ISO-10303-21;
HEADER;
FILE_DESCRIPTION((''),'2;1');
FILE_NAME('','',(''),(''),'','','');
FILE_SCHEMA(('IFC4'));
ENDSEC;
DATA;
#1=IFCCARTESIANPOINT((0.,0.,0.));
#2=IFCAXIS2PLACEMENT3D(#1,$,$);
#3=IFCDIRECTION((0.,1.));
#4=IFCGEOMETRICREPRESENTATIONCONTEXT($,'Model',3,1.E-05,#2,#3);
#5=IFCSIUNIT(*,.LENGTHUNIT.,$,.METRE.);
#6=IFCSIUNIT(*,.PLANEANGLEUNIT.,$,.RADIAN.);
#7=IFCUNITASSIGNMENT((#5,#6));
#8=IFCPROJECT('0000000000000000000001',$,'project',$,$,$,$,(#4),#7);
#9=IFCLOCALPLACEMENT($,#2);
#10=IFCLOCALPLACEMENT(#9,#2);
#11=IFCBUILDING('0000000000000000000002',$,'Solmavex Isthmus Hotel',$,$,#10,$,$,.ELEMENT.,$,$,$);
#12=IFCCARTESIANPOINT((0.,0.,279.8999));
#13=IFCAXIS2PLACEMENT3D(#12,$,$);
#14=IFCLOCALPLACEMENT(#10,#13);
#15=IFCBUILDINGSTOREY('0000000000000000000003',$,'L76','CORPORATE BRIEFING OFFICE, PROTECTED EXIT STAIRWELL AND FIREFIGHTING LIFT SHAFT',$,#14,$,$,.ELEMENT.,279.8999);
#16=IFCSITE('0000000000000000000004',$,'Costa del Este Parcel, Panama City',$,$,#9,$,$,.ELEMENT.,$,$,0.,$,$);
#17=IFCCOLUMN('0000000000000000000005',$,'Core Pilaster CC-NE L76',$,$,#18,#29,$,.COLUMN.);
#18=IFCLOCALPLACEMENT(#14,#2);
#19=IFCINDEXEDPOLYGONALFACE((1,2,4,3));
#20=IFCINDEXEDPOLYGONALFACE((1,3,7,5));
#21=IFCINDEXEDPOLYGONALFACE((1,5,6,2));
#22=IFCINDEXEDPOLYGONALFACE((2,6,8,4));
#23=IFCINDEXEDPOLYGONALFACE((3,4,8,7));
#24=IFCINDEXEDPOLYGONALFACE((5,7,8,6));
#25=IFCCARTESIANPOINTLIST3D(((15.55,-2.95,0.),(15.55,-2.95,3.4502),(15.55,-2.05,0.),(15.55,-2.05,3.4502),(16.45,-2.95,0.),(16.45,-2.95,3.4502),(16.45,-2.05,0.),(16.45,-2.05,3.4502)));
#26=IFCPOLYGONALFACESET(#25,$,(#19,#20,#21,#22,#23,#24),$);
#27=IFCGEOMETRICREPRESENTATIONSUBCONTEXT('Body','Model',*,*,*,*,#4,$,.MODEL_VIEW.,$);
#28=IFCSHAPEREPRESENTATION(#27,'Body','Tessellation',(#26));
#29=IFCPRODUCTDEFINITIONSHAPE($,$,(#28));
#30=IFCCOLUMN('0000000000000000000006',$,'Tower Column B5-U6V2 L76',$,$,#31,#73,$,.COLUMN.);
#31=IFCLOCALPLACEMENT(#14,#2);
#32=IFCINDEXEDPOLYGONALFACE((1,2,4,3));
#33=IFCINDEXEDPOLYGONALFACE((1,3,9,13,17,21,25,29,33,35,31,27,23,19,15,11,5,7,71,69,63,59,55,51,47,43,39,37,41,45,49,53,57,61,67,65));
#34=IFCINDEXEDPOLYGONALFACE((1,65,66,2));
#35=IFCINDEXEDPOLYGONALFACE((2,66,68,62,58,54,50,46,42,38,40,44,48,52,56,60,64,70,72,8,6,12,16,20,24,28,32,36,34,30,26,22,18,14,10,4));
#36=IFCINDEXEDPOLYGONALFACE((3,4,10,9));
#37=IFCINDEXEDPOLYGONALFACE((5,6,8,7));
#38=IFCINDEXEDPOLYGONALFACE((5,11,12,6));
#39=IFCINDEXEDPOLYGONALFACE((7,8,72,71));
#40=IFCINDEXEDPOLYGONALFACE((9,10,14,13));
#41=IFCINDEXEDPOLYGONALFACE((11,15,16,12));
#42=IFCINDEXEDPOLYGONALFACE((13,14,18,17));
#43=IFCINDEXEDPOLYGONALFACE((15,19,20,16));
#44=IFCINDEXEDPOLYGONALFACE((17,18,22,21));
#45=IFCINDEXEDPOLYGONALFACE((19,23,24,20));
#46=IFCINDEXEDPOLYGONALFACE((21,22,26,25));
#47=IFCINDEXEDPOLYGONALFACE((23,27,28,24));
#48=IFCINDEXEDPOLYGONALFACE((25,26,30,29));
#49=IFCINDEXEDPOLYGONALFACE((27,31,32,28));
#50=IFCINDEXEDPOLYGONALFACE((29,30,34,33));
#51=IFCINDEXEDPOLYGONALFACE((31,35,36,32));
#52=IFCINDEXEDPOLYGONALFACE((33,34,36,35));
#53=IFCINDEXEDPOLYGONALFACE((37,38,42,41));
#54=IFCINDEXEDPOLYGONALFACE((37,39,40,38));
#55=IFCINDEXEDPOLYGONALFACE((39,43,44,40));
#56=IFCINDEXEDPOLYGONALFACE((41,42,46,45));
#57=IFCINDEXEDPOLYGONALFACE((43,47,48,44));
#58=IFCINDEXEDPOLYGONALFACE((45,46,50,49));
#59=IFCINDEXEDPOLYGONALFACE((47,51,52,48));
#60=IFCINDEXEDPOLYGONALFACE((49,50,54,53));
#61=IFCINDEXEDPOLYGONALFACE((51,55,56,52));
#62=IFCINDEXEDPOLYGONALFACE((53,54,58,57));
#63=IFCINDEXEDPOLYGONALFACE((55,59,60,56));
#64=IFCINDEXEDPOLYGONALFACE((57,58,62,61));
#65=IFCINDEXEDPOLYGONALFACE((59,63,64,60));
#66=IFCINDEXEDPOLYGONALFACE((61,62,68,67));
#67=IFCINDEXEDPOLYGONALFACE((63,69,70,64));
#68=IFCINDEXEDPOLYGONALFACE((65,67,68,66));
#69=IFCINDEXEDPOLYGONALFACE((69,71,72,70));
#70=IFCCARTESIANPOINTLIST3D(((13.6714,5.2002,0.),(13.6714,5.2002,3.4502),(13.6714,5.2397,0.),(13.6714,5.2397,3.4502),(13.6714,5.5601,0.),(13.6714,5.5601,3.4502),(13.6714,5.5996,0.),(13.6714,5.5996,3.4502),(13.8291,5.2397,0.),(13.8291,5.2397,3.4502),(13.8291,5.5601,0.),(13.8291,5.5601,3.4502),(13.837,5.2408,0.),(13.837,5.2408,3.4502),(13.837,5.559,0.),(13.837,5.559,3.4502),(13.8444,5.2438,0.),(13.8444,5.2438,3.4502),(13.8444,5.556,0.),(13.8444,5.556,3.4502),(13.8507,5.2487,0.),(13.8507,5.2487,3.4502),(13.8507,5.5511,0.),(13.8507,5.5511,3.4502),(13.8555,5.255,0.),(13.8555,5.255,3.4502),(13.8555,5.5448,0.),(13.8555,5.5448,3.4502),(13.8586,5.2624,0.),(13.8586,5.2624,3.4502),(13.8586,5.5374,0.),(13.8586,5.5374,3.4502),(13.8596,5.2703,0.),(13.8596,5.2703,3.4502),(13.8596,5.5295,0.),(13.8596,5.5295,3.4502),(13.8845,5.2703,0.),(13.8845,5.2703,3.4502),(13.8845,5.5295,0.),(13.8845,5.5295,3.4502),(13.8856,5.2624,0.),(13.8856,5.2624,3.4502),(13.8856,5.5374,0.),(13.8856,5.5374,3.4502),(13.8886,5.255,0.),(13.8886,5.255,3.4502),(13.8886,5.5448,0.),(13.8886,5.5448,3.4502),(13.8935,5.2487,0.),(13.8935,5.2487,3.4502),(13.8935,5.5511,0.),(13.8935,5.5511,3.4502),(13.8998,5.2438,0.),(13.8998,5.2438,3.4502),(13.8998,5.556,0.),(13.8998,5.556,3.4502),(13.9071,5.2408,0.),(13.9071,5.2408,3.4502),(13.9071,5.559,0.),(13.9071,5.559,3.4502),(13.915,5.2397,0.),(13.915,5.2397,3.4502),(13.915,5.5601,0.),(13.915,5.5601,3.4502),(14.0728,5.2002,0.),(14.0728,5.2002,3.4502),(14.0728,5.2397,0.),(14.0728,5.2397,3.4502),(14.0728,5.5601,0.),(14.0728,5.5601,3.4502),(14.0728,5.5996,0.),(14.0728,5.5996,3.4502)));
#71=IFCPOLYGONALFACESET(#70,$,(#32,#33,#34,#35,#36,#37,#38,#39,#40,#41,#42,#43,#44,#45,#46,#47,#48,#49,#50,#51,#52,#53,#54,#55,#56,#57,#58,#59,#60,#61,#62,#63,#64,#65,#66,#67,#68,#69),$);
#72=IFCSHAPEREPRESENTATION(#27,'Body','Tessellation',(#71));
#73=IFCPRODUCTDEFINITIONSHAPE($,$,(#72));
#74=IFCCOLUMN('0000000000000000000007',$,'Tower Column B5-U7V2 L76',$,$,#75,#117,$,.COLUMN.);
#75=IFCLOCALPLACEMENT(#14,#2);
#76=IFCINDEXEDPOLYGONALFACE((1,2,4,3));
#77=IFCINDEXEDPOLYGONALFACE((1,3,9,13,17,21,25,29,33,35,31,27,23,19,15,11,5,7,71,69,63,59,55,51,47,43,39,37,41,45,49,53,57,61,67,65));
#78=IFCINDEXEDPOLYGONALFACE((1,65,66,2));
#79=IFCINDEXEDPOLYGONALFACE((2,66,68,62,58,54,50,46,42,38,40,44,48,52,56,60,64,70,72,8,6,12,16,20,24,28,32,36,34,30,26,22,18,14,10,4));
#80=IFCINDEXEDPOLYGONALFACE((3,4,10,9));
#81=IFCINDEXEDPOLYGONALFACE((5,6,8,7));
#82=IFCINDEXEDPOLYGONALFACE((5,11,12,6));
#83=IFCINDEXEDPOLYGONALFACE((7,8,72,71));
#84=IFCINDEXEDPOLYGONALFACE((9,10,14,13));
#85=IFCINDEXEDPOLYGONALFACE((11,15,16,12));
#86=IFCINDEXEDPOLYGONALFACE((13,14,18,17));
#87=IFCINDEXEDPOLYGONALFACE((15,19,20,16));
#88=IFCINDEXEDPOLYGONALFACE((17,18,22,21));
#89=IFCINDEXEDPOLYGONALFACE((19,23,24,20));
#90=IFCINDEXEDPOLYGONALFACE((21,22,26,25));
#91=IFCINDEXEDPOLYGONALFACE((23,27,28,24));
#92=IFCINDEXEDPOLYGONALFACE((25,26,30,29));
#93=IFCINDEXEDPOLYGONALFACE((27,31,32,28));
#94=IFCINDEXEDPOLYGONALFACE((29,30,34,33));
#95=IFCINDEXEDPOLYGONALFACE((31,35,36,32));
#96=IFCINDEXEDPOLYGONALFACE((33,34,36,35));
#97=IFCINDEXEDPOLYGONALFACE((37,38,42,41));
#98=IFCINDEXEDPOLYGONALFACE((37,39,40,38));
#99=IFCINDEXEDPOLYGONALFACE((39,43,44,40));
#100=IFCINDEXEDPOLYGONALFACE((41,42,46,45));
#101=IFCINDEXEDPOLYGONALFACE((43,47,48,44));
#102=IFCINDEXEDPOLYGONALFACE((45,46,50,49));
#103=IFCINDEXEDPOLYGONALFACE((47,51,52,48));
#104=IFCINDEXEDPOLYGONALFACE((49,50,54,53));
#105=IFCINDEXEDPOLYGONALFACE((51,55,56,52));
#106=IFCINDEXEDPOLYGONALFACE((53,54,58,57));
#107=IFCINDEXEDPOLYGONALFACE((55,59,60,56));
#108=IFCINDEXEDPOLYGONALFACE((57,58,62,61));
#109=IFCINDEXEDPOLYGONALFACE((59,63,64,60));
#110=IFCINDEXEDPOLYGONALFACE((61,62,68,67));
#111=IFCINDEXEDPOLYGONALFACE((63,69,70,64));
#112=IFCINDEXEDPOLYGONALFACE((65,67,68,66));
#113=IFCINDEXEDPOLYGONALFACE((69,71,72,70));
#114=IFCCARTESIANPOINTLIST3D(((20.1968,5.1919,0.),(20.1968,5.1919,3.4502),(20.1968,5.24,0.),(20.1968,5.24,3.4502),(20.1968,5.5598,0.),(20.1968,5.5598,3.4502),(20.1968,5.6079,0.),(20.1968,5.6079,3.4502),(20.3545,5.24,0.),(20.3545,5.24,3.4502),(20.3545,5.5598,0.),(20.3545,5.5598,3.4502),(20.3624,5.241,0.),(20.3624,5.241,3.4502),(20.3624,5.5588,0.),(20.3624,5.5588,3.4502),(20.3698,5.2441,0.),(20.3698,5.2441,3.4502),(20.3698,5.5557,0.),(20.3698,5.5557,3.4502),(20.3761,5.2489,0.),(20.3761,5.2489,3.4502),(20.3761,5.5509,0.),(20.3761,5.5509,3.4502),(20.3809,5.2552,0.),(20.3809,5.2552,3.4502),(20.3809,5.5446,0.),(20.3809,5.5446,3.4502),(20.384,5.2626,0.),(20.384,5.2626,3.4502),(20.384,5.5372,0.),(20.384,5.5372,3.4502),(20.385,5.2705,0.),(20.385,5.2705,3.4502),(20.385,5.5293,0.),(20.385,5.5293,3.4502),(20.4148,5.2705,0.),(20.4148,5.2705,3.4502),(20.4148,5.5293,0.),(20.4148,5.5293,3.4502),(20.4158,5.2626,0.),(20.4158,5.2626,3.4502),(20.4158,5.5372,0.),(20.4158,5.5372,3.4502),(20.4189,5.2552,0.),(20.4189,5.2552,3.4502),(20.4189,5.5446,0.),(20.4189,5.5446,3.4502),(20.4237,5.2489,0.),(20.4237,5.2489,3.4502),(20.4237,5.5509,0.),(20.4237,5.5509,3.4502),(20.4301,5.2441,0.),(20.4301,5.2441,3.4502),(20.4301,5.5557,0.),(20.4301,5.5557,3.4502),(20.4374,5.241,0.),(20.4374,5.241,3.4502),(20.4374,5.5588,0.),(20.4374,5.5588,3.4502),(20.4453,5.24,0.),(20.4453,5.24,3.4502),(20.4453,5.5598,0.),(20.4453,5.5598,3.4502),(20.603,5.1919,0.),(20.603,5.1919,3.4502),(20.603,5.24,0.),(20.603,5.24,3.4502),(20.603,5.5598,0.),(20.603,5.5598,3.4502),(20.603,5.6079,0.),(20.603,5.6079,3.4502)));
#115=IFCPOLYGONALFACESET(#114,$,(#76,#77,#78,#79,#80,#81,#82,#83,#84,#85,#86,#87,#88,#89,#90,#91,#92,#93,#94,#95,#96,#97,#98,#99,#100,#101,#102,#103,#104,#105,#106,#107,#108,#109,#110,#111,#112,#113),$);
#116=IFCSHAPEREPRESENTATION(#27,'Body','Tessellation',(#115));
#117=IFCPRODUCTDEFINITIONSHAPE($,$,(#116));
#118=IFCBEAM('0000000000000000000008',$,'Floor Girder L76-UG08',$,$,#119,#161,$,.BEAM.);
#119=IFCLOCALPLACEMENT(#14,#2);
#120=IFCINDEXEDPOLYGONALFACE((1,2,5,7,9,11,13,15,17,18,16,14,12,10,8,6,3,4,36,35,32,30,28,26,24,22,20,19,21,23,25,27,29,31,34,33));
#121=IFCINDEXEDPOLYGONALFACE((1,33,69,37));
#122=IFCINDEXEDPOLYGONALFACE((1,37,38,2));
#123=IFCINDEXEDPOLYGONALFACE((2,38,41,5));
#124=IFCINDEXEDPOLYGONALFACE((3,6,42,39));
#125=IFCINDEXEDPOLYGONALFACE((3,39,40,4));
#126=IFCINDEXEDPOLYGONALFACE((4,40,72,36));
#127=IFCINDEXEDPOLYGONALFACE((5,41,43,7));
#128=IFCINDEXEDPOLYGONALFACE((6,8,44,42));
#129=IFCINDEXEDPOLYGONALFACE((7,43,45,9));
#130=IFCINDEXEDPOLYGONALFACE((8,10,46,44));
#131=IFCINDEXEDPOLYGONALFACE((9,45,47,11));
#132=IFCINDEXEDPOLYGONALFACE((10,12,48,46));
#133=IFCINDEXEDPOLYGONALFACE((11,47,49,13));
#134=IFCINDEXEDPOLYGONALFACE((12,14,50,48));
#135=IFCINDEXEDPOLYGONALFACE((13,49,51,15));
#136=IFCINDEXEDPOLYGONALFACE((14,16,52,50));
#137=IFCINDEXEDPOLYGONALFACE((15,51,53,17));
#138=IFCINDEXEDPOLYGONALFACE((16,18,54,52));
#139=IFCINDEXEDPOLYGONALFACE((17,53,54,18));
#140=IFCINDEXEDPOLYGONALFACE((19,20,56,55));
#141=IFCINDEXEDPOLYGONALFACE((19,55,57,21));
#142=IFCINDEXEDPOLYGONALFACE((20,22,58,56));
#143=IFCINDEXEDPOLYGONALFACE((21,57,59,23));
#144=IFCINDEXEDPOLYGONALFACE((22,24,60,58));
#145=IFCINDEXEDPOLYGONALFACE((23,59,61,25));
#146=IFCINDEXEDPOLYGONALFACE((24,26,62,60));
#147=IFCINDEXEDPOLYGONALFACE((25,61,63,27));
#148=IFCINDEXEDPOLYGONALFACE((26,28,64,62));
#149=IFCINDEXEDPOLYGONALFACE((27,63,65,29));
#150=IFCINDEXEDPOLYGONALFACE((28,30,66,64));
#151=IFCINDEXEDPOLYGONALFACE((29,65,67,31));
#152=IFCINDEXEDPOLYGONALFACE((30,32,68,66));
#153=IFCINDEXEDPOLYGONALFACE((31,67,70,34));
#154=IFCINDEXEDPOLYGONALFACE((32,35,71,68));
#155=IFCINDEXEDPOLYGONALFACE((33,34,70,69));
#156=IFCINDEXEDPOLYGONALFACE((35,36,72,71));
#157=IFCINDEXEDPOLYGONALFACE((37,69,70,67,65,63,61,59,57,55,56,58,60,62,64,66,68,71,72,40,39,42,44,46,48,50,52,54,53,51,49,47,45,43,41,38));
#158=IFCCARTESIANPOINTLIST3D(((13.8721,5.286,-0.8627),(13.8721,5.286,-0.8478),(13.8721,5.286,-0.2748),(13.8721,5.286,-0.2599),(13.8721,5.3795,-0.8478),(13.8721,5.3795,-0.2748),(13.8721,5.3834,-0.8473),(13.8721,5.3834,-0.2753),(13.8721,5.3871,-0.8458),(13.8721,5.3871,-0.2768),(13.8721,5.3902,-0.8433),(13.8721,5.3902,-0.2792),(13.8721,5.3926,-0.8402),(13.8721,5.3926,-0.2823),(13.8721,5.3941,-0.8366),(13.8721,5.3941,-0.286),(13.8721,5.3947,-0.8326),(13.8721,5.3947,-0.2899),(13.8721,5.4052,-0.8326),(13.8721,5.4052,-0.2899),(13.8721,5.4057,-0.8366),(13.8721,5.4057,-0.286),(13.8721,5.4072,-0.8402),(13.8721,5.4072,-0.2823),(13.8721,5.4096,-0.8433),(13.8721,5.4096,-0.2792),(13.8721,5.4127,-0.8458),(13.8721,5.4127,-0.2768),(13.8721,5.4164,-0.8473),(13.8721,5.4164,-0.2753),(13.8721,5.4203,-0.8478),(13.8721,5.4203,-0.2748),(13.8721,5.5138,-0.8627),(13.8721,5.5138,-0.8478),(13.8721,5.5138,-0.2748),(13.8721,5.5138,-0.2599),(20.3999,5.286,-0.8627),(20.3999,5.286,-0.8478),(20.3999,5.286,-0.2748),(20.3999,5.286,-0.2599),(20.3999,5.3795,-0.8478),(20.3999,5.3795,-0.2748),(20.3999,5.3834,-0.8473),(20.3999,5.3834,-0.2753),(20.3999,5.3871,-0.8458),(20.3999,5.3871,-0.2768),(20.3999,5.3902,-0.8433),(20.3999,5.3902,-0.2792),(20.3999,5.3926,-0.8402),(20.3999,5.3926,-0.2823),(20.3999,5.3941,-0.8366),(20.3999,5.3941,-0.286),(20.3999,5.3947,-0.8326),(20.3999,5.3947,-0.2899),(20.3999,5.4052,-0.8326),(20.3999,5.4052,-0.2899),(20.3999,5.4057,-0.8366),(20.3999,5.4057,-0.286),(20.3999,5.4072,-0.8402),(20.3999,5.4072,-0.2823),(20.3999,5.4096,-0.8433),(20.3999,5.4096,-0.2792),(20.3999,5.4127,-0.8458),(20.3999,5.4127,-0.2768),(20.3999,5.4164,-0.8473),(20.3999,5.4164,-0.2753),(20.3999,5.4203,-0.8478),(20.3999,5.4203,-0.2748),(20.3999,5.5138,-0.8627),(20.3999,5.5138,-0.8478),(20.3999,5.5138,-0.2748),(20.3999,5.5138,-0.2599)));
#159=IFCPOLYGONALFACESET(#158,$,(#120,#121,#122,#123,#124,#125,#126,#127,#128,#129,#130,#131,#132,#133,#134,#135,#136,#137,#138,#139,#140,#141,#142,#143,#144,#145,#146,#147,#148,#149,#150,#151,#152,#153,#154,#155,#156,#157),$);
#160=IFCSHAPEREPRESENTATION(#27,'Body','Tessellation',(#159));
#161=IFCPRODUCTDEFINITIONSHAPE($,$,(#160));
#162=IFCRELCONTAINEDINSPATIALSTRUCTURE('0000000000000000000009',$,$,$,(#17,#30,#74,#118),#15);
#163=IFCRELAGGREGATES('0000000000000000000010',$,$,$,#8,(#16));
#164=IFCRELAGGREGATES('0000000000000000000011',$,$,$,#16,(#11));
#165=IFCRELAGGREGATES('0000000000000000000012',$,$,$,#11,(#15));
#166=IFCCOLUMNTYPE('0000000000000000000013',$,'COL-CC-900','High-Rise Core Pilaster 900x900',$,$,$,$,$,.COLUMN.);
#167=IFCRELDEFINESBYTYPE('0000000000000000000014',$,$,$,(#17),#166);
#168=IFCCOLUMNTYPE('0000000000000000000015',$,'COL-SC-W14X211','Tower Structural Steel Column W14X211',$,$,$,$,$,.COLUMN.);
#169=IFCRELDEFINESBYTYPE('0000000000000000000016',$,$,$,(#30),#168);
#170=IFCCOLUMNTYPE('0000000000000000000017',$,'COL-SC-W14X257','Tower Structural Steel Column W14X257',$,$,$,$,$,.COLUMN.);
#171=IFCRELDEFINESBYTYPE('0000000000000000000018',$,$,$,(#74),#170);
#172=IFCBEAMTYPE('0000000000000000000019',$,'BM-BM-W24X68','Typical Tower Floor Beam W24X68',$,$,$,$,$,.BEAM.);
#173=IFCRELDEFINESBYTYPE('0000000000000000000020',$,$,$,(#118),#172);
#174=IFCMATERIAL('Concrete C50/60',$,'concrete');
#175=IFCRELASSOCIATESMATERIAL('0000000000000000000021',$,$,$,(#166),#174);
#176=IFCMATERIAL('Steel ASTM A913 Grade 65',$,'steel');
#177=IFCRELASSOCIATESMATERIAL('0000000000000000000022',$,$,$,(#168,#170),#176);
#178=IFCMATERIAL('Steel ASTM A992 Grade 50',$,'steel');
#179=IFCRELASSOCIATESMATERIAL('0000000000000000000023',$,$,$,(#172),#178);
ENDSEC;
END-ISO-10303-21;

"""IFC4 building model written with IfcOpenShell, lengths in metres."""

from ifc_helpers import new_model, si_unit, direction, frame, origin, origin_2d, place, context, subcontext, project, spatial, rectangle, i_section, extrude, material, material_profile, profile_set, type_object, element, save


model = new_model("IFC4")

# Units and contexts
model_context = context("Model", 3, precision=1e-05, world=origin(), true_north=direction((0.0, 1.0)))
body_context = subcontext(model_context, "Body", "Model", "MODEL_VIEW")
ifc_project = project(units=[si_unit("LENGTHUNIT", "METRE"), si_unit("PLANEANGLEUNIT", "RADIAN")], contexts=[model_context])

# Site, building, storey
site_placement = place(None, origin())
site = spatial("IfcSite", under=ifc_project, at=site_placement, Name="Costa del Este Parcel, Panama City", CompositionType="ELEMENT", RefElevation=0.0)
building_placement = place(site_placement, origin())
building = spatial("IfcBuilding", under=site, at=building_placement, Name="Solmavex Isthmus Hotel", CompositionType="ELEMENT")
storey_placement = place(building_placement, frame((0.0, 0.0, 279.8999)))
storey = spatial("IfcBuildingStorey", under=building, at=storey_placement, Name="L76", Description="CORPORATE BRIEFING OFFICE, PROTECTED EXIT STAIRWELL AND FIREFIGHTING LIFT SHAFT", CompositionType="ELEMENT", Elevation=279.8999)

# Columns
ifc_material_1 = material(Name="Concrete C50/60", Category="concrete")
ifc_material_profile_1 = material_profile(ifc_material_1, rectangle(XDim=0.8999, YDim=0.8999, at=origin_2d()), Name="RC900X900")
ifc_profile_set_1 = profile_set([ifc_material_profile_1], Name="Concrete C50/60")
column_type_1 = type_object("IfcColumnType", Name="COL-CC-900", Description="High-Rise Core Pilaster 900x900", PredefinedType="COLUMN", material=ifc_profile_set_1)
column_1_placement = place(storey_placement, frame((16.0, -2.5, 0.0), z_axis=(0.0, 0.0, 1.0), x_axis=(1.0, 0.0, 0.0)))
element("IfcColumn", 1, at=column_1_placement, inside=storey, type_object=column_type_1, Name="Core Pilaster CC-NE L76", PredefinedType="COLUMN", context=body_context, shape_type="SweptSolid", body=[
    extrude(rectangle(XDim=0.8999, YDim=0.8999, at=origin_2d()), origin(), (0.0, 0.0, 1.0), 3.4502),
])
ifc_material_2 = material(Name="Steel ASTM A913 Grade 65", Category="steel")
ifc_material_profile_2 = material_profile(ifc_material_2, i_section(OverallWidth=0.4014, OverallDepth=0.3994, WebThickness=0.0249, FlangeThickness=0.0396, FilletRadius=0.0305, at=origin_2d()), Name="W14X211")
ifc_profile_set_2 = profile_set([ifc_material_profile_2], Name="Steel ASTM A913 Grade 65")
column_type_2 = type_object("IfcColumnType", Name="COL-SC-W14X211", Description="Tower Structural Steel Column W14X211", PredefinedType="COLUMN", material=ifc_profile_set_2)
column_2_placement = place(storey_placement, frame((13.8721, 5.3999, 0.0), z_axis=(0.0, 0.0, 1.0), x_axis=(1.0, 0.0, 0.0)))
element("IfcColumn", 2, at=column_2_placement, inside=storey, type_object=column_type_2, Name="Tower Column B5-U6V2 L76", PredefinedType="COLUMN", context=body_context, shape_type="SweptSolid", body=[
    extrude(i_section(OverallWidth=0.4014, OverallDepth=0.3994, WebThickness=0.0249, FlangeThickness=0.0396, FilletRadius=0.0305, at=origin_2d()), origin(), (0.0, 0.0, 1.0), 3.4502),
])
ifc_material_profile_3 = material_profile(ifc_material_2, i_section(OverallWidth=0.4062, OverallDepth=0.416, WebThickness=0.0298, FlangeThickness=0.0481, FilletRadius=0.0305, at=origin_2d()), Name="W14X257")
ifc_profile_set_3 = profile_set([ifc_material_profile_3], Name="Steel ASTM A913 Grade 65")
column_type_3 = type_object("IfcColumnType", Name="COL-SC-W14X257", Description="Tower Structural Steel Column W14X257", PredefinedType="COLUMN", material=ifc_profile_set_3)
column_3_placement = place(storey_placement, frame((20.3999, 5.3999, 0.0), z_axis=(0.0, 0.0, 1.0), x_axis=(1.0, 0.0, 0.0)))
element("IfcColumn", 3, at=column_3_placement, inside=storey, type_object=column_type_3, Name="Tower Column B5-U7V2 L76", PredefinedType="COLUMN", context=body_context, shape_type="SweptSolid", body=[
    extrude(i_section(OverallWidth=0.4062, OverallDepth=0.416, WebThickness=0.0298, FlangeThickness=0.0481, FilletRadius=0.0305, at=origin_2d()), origin(), (0.0, 0.0, 1.0), 3.4502),
])

# Beam
ifc_material_3 = material(Name="Steel ASTM A992 Grade 50", Category="steel")
ifc_material_profile_4 = material_profile(ifc_material_3, i_section(OverallWidth=0.2278, OverallDepth=0.6028, WebThickness=0.0105, FlangeThickness=0.0149, FilletRadius=0.0151, at=origin_2d()), Name="W24X68")
ifc_profile_set_4 = profile_set([ifc_material_profile_4], Name="Steel ASTM A992 Grade 50")
beam_type = type_object("IfcBeamType", Name="BM-BM-W24X68", Description="Typical Tower Floor Beam W24X68", PredefinedType="BEAM", material=ifc_profile_set_4)
beam_1_placement = place(storey_placement, frame((13.8721, 5.3999, -0.5613), z_axis=(1.0, 0.0, 0.0), x_axis=(0.0, 1.0, 0.0)))
element("IfcBeam", 4, at=beam_1_placement, inside=storey, type_object=beam_type, Name="Floor Girder L76-UG08", PredefinedType="BEAM", context=body_context, shape_type="SweptSolid", body=[
    extrude(i_section(OverallWidth=0.2278, OverallDepth=0.6028, WebThickness=0.0105, FlangeThickness=0.0149, FilletRadius=0.0151, at=origin_2d()), origin(), (0.0, 0.0, 1.0), 6.5278),
])

save(model, "model.ifc")
